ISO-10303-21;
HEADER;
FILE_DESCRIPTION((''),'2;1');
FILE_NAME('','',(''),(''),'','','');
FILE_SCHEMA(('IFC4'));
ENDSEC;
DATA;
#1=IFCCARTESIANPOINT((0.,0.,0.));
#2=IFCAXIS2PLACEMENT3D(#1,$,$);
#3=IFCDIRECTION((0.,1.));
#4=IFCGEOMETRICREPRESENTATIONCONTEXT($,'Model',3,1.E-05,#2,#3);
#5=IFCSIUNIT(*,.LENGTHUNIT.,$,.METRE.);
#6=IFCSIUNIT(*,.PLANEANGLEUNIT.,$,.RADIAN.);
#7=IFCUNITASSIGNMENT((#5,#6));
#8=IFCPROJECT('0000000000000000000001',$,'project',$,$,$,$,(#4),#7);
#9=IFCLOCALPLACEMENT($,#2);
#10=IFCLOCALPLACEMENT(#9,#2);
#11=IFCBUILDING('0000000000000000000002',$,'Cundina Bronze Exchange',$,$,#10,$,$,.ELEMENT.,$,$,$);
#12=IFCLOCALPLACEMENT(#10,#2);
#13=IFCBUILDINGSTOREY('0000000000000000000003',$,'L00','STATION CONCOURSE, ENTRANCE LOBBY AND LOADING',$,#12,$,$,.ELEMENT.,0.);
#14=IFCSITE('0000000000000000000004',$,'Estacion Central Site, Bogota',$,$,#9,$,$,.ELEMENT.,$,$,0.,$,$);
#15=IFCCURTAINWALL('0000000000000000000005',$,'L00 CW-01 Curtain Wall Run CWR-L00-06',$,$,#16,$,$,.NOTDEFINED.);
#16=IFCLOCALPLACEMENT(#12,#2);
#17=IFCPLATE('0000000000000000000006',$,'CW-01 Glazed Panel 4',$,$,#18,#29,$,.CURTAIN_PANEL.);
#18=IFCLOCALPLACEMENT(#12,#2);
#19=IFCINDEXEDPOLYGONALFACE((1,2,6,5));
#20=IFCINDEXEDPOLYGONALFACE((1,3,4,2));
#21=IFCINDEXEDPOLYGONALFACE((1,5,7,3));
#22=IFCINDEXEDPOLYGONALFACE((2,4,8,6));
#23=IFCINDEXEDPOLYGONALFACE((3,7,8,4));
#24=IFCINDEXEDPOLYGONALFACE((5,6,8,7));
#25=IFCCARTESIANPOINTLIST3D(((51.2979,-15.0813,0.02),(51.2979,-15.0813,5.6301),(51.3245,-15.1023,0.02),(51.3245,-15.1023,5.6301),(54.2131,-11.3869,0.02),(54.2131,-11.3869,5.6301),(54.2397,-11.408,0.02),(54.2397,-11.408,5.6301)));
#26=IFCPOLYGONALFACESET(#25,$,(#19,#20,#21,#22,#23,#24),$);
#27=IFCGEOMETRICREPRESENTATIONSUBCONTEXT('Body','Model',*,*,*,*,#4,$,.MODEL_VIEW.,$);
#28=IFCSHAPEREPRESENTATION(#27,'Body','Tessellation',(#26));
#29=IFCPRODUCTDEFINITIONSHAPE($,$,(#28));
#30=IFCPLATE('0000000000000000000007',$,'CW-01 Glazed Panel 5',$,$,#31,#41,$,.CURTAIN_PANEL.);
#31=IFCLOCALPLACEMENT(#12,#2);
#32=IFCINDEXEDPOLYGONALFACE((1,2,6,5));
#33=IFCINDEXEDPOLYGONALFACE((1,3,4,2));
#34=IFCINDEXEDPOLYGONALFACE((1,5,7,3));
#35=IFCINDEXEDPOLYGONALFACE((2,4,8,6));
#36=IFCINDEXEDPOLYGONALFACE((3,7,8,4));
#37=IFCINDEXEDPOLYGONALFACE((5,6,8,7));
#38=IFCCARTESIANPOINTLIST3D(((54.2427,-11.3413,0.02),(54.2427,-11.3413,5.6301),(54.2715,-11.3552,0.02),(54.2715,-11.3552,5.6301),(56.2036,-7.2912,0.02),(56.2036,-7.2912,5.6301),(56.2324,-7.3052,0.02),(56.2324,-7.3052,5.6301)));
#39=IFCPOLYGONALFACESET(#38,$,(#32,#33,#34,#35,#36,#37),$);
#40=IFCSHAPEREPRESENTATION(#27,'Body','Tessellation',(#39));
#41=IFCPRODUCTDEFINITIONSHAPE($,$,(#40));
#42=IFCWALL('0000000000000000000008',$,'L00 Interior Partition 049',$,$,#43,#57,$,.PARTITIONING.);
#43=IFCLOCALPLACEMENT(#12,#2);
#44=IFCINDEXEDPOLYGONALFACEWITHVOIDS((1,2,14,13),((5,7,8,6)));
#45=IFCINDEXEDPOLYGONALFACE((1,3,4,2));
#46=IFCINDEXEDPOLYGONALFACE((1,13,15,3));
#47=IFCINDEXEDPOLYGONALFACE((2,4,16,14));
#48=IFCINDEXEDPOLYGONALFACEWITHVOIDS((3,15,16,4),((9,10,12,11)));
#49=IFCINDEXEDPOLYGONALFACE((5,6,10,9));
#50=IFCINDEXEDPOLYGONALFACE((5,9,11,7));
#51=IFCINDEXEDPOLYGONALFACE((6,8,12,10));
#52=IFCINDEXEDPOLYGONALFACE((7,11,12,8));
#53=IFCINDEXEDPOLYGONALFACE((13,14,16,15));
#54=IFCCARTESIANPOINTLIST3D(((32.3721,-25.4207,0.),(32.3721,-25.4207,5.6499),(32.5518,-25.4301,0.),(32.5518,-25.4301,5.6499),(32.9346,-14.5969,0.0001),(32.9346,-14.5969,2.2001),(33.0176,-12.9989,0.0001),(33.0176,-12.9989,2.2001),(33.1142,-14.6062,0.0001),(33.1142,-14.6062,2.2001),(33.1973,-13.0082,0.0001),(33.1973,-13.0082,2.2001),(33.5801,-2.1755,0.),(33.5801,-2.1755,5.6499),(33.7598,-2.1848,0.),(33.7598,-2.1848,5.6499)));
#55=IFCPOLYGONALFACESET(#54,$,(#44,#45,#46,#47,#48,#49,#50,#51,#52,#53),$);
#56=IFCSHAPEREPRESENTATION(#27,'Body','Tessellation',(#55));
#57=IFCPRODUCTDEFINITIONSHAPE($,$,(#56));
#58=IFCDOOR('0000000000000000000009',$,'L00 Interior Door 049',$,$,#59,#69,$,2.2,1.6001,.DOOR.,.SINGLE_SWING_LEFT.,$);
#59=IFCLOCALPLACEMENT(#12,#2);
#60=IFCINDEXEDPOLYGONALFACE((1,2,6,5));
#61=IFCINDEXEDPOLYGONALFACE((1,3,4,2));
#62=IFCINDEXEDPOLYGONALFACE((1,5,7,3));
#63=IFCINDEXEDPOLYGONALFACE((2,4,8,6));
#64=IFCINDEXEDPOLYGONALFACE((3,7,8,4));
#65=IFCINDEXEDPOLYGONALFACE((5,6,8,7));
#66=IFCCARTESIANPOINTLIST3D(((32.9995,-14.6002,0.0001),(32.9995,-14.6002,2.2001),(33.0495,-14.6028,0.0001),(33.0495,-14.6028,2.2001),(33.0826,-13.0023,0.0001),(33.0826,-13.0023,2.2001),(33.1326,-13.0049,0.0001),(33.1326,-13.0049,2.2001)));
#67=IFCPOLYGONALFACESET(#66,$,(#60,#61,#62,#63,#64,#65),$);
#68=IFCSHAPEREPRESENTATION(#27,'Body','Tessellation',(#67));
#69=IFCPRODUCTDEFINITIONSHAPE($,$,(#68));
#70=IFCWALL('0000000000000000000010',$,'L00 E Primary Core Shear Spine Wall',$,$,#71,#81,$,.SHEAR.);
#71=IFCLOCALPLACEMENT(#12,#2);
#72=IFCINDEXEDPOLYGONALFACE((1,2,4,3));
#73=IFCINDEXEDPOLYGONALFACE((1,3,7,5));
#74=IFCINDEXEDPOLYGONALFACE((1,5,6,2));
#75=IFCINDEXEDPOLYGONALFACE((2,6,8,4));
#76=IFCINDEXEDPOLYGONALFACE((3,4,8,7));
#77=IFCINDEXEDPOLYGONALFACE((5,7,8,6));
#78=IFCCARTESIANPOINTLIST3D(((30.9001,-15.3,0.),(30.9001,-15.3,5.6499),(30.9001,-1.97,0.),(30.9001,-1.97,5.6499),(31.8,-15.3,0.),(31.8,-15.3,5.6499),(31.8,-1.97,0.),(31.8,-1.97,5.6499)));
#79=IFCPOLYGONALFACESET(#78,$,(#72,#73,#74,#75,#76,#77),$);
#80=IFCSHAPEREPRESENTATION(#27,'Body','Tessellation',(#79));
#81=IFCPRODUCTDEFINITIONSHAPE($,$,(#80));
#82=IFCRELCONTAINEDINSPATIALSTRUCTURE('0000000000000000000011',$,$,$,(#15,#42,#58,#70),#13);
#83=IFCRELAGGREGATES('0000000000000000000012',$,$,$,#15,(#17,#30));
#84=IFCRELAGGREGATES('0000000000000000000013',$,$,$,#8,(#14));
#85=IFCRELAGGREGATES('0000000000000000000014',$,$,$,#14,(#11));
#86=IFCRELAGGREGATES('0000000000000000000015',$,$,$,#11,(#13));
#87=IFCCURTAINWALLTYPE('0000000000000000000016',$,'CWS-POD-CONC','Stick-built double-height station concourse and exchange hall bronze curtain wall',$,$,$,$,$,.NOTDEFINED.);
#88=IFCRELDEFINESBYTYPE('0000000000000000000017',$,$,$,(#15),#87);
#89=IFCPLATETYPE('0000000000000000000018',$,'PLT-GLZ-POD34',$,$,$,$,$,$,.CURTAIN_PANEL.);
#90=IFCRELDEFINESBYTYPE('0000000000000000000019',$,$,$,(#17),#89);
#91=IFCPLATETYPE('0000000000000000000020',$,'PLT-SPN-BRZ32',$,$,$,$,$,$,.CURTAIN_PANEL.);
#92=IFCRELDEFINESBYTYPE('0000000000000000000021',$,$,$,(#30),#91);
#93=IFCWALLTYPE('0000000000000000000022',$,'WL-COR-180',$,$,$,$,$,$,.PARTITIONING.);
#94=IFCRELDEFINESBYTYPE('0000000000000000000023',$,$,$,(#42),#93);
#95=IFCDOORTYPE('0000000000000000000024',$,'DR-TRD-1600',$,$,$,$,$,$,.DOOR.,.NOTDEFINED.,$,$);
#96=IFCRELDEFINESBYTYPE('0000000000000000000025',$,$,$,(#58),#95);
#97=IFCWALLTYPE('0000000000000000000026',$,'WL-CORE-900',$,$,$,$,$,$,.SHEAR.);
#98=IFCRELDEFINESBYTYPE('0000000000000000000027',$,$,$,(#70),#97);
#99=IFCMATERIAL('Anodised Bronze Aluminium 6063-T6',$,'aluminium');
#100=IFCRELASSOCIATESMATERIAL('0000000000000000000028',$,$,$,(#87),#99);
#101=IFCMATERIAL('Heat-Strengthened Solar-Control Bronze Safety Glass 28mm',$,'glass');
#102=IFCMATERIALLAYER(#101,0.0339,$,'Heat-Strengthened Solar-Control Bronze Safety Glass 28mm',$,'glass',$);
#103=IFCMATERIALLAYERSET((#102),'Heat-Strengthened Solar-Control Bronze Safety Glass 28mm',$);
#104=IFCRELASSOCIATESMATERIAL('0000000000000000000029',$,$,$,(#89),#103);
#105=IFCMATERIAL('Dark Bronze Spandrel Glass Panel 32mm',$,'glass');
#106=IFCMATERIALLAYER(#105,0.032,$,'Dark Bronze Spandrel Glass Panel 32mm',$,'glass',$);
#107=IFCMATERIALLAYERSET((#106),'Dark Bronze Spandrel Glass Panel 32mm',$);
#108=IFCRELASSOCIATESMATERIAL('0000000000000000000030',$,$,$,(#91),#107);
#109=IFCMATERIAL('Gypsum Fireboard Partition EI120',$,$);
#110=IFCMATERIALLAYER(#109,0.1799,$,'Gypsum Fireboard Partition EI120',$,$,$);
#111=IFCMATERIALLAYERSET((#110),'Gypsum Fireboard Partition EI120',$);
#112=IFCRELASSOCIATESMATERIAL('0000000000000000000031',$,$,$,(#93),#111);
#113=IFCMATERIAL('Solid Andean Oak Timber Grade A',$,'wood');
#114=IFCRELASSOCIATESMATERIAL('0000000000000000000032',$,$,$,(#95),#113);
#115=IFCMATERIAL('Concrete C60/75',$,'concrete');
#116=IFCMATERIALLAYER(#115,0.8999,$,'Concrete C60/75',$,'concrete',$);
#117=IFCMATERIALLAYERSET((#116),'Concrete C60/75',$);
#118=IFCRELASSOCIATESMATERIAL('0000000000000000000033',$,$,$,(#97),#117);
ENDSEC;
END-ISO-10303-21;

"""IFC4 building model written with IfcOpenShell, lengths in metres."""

from ifc_helpers import new_model, si_unit, direction, frame, frame_2d, origin, origin_2d, place, context, subcontext, project, spatial, rectangle, extrude, material, layer, layer_set, type_object, element, fill, aggregate, save


model = new_model("IFC4")

# Units and contexts
model_context = context("Model", 3, precision=1e-05, world=origin(), true_north=direction((0.0, 1.0)))
body_context = subcontext(model_context, "Body", "Model", "MODEL_VIEW")
ifc_project = project(units=[si_unit("LENGTHUNIT", "METRE"), si_unit("PLANEANGLEUNIT", "RADIAN")], contexts=[model_context])

# Site, building, storey
site_placement = place(None, origin())
site = spatial("IfcSite", under=ifc_project, at=site_placement, Name="Estacion Central Site, Bogota", CompositionType="ELEMENT", RefElevation=0.0)
building_placement = place(site_placement, origin())
building = spatial("IfcBuilding", under=site, at=building_placement, Name="Cundina Bronze Exchange", CompositionType="ELEMENT")
storey_placement = place(building_placement, origin())
storey = spatial("IfcBuildingStorey", under=building, at=storey_placement, Name="L00", Description="STATION CONCOURSE, ENTRANCE LOBBY AND LOADING", CompositionType="ELEMENT", Elevation=0.0)

# Shared definitions
ifc_material_1 = material(Name="Concrete C60/75", Category="concrete")

# Curtain wall
ifc_material_2 = material(Name="Anodised Bronze Aluminium 6063-T6", Category="aluminium")
curtain_wall_type = type_object("IfcCurtainWallType", Name="CWS-POD-CONC", Description="Stick-built double-height station concourse and exchange hall bronze curtain wall", PredefinedType="NOTDEFINED", material=ifc_material_2)
curtain_wall_1_placement = place(storey_placement, origin())
curtain_wall_1 = element("IfcCurtainWall", 1, at=curtain_wall_1_placement, inside=storey, type_object=curtain_wall_type, Name="L00 CW-01 Curtain Wall Run CWR-L00-06", PredefinedType="NOTDEFINED")

# Plates
ifc_material_3 = material(Name="Heat-Strengthened Solar-Control Bronze Safety Glass 28mm", Category="glass")
ifc_layer_1 = layer(ifc_material_3, 0.0339, Name="Heat-Strengthened Solar-Control Bronze Safety Glass 28mm", Category="glass")
ifc_layer_set_1 = layer_set([ifc_layer_1], Name="Heat-Strengthened Solar-Control Bronze Safety Glass 28mm")
plate_type_1 = type_object("IfcPlateType", Name="PLT-GLZ-POD34", PredefinedType="CURTAIN_PANEL", material=ifc_layer_set_1)
plate_1_placement = place(storey_placement, frame((52.7688, -13.2446, 0.02), z_axis=(0.0, 0.0, 1.0), x_axis=(0.619464, 0.785025, 0.0)))
plate_1 = element("IfcPlate", 2, at=plate_1_placement, type_object=plate_type_1, Name="CW-01 Glazed Panel 4", PredefinedType="CURTAIN_PANEL", context=body_context, shape_type="SweptSolid", body=[
    extrude(rectangle(XDim=4.7061, YDim=0.0339, at=origin_2d()), origin(), (0.0, 0.0, 1.0), 5.6101),
])
ifc_material_4 = material(Name="Dark Bronze Spandrel Glass Panel 32mm", Category="glass")
ifc_layer_2 = layer(ifc_material_4, 0.032, Name="Dark Bronze Spandrel Glass Panel 32mm", Category="glass")
ifc_layer_set_2 = layer_set([ifc_layer_2], Name="Dark Bronze Spandrel Glass Panel 32mm")
plate_type_2 = type_object("IfcPlateType", Name="PLT-SPN-BRZ32", PredefinedType="CURTAIN_PANEL", material=ifc_layer_set_2)
plate_2_placement = place(storey_placement, frame((55.2375, -9.3232, 0.02), z_axis=(0.0, 0.0, 1.0), x_axis=(0.435765, 0.90006, 0.0)))
plate_2 = element("IfcPlate", 3, at=plate_2_placement, type_object=plate_type_2, Name="CW-01 Glazed Panel 5", PredefinedType="CURTAIN_PANEL", context=body_context, shape_type="SweptSolid", body=[
    extrude(rectangle(XDim=4.4998, YDim=0.032, at=origin_2d()), origin(), (0.0, 0.0, 1.0), 5.6101),
])
aggregate(curtain_wall_1, [plate_1, plate_2])

# Wall, opening, door
ifc_material_5 = material(Name="Gypsum Fireboard Partition EI120")
ifc_layer_3 = layer(ifc_material_5, 0.1799, Name="Gypsum Fireboard Partition EI120")
ifc_layer_set_3 = layer_set([ifc_layer_3], Name="Gypsum Fireboard Partition EI120")
wall_type_1 = type_object("IfcWallType", Name="WL-COR-180", PredefinedType="PARTITIONING", material=ifc_layer_set_3)
wall_1_placement = place(storey_placement, frame((32.4619, -25.4253, 0.0), z_axis=(0.0, 0.0, 1.0), x_axis=(0.051898, 0.998652, 0.0)))
wall_1 = element("IfcWall", 4, at=wall_1_placement, inside=storey, type_object=wall_type_1, Name="L00 Interior Partition 049", PredefinedType="PARTITIONING", context=body_context, shape_type="SweptSolid", body=[
    extrude(rectangle(XDim=23.2766, YDim=0.1799, at=frame_2d((11.6382, 0.0))), origin(), (0.0, 0.0, 1.0), 5.6499),
])
opening_1_placement = place(wall_1_placement, frame((10.8384, 0.0, 0.0)))
opening_1 = element("IfcOpeningElement", 5, at=opening_1_placement, cuts=wall_1, PredefinedType="OPENING", context=body_context, shape_type="SweptSolid", body=[
    extrude(rectangle(XDim=1.6001, YDim=2.2, at=frame_2d((0.8, 1.1001))), frame((0.0, 0.0999, 0.0), z_axis=(0.0, -1.0, 0.0), x_axis=(1.0, 0.0, 0.0)), (0.0, 0.0, 1.0), 0.2),
])
ifc_material_6 = material(Name="Solid Andean Oak Timber Grade A", Category="wood")
door_type_1 = type_object("IfcDoorType", Name="DR-TRD-1600", OperationType="NOTDEFINED", PredefinedType="DOOR", material=ifc_material_6)
door_1_placement = place(opening_1_placement, origin())
door_1 = element("IfcDoor", 6, at=door_1_placement, inside=storey, type_object=door_type_1, Name="L00 Interior Door 049", OperationType="SINGLE_SWING_LEFT", OverallHeight=2.2, OverallWidth=1.6001, PredefinedType="DOOR", context=body_context, shape_type="SweptSolid", body=[
    extrude(rectangle(XDim=1.6001, YDim=2.2, at=frame_2d((0.8, 1.1001))), frame((0.0, 0.0249, 0.0), z_axis=(0.0, -1.0, 0.0), x_axis=(1.0, 0.0, 0.0)), (0.0, 0.0, 1.0), 0.05),
])
fill(opening_1, door_1)

# Wall
ifc_layer_4 = layer(ifc_material_1, 0.8999, Name="Concrete C60/75", Category="concrete")
ifc_layer_set_4 = layer_set([ifc_layer_4], Name="Concrete C60/75")
wall_type_2 = type_object("IfcWallType", Name="WL-CORE-900", PredefinedType="SHEAR", material=ifc_layer_set_4)
wall_2_placement = place(storey_placement, frame((31.3501, -15.3, 0.0), z_axis=(0.0, 0.0, 1.0), x_axis=(0.0, 1.0, 0.0)))
element("IfcWall", 7, at=wall_2_placement, inside=storey, type_object=wall_type_2, Name="L00 E Primary Core Shear Spine Wall", PredefinedType="SHEAR", context=body_context, shape_type="SweptSolid", body=[
    extrude(rectangle(XDim=13.3301, YDim=0.8999, at=frame_2d((6.665, 0.0))), origin(), (0.0, 0.0, 1.0), 5.6499),
])

save(model, "model.ifc")
